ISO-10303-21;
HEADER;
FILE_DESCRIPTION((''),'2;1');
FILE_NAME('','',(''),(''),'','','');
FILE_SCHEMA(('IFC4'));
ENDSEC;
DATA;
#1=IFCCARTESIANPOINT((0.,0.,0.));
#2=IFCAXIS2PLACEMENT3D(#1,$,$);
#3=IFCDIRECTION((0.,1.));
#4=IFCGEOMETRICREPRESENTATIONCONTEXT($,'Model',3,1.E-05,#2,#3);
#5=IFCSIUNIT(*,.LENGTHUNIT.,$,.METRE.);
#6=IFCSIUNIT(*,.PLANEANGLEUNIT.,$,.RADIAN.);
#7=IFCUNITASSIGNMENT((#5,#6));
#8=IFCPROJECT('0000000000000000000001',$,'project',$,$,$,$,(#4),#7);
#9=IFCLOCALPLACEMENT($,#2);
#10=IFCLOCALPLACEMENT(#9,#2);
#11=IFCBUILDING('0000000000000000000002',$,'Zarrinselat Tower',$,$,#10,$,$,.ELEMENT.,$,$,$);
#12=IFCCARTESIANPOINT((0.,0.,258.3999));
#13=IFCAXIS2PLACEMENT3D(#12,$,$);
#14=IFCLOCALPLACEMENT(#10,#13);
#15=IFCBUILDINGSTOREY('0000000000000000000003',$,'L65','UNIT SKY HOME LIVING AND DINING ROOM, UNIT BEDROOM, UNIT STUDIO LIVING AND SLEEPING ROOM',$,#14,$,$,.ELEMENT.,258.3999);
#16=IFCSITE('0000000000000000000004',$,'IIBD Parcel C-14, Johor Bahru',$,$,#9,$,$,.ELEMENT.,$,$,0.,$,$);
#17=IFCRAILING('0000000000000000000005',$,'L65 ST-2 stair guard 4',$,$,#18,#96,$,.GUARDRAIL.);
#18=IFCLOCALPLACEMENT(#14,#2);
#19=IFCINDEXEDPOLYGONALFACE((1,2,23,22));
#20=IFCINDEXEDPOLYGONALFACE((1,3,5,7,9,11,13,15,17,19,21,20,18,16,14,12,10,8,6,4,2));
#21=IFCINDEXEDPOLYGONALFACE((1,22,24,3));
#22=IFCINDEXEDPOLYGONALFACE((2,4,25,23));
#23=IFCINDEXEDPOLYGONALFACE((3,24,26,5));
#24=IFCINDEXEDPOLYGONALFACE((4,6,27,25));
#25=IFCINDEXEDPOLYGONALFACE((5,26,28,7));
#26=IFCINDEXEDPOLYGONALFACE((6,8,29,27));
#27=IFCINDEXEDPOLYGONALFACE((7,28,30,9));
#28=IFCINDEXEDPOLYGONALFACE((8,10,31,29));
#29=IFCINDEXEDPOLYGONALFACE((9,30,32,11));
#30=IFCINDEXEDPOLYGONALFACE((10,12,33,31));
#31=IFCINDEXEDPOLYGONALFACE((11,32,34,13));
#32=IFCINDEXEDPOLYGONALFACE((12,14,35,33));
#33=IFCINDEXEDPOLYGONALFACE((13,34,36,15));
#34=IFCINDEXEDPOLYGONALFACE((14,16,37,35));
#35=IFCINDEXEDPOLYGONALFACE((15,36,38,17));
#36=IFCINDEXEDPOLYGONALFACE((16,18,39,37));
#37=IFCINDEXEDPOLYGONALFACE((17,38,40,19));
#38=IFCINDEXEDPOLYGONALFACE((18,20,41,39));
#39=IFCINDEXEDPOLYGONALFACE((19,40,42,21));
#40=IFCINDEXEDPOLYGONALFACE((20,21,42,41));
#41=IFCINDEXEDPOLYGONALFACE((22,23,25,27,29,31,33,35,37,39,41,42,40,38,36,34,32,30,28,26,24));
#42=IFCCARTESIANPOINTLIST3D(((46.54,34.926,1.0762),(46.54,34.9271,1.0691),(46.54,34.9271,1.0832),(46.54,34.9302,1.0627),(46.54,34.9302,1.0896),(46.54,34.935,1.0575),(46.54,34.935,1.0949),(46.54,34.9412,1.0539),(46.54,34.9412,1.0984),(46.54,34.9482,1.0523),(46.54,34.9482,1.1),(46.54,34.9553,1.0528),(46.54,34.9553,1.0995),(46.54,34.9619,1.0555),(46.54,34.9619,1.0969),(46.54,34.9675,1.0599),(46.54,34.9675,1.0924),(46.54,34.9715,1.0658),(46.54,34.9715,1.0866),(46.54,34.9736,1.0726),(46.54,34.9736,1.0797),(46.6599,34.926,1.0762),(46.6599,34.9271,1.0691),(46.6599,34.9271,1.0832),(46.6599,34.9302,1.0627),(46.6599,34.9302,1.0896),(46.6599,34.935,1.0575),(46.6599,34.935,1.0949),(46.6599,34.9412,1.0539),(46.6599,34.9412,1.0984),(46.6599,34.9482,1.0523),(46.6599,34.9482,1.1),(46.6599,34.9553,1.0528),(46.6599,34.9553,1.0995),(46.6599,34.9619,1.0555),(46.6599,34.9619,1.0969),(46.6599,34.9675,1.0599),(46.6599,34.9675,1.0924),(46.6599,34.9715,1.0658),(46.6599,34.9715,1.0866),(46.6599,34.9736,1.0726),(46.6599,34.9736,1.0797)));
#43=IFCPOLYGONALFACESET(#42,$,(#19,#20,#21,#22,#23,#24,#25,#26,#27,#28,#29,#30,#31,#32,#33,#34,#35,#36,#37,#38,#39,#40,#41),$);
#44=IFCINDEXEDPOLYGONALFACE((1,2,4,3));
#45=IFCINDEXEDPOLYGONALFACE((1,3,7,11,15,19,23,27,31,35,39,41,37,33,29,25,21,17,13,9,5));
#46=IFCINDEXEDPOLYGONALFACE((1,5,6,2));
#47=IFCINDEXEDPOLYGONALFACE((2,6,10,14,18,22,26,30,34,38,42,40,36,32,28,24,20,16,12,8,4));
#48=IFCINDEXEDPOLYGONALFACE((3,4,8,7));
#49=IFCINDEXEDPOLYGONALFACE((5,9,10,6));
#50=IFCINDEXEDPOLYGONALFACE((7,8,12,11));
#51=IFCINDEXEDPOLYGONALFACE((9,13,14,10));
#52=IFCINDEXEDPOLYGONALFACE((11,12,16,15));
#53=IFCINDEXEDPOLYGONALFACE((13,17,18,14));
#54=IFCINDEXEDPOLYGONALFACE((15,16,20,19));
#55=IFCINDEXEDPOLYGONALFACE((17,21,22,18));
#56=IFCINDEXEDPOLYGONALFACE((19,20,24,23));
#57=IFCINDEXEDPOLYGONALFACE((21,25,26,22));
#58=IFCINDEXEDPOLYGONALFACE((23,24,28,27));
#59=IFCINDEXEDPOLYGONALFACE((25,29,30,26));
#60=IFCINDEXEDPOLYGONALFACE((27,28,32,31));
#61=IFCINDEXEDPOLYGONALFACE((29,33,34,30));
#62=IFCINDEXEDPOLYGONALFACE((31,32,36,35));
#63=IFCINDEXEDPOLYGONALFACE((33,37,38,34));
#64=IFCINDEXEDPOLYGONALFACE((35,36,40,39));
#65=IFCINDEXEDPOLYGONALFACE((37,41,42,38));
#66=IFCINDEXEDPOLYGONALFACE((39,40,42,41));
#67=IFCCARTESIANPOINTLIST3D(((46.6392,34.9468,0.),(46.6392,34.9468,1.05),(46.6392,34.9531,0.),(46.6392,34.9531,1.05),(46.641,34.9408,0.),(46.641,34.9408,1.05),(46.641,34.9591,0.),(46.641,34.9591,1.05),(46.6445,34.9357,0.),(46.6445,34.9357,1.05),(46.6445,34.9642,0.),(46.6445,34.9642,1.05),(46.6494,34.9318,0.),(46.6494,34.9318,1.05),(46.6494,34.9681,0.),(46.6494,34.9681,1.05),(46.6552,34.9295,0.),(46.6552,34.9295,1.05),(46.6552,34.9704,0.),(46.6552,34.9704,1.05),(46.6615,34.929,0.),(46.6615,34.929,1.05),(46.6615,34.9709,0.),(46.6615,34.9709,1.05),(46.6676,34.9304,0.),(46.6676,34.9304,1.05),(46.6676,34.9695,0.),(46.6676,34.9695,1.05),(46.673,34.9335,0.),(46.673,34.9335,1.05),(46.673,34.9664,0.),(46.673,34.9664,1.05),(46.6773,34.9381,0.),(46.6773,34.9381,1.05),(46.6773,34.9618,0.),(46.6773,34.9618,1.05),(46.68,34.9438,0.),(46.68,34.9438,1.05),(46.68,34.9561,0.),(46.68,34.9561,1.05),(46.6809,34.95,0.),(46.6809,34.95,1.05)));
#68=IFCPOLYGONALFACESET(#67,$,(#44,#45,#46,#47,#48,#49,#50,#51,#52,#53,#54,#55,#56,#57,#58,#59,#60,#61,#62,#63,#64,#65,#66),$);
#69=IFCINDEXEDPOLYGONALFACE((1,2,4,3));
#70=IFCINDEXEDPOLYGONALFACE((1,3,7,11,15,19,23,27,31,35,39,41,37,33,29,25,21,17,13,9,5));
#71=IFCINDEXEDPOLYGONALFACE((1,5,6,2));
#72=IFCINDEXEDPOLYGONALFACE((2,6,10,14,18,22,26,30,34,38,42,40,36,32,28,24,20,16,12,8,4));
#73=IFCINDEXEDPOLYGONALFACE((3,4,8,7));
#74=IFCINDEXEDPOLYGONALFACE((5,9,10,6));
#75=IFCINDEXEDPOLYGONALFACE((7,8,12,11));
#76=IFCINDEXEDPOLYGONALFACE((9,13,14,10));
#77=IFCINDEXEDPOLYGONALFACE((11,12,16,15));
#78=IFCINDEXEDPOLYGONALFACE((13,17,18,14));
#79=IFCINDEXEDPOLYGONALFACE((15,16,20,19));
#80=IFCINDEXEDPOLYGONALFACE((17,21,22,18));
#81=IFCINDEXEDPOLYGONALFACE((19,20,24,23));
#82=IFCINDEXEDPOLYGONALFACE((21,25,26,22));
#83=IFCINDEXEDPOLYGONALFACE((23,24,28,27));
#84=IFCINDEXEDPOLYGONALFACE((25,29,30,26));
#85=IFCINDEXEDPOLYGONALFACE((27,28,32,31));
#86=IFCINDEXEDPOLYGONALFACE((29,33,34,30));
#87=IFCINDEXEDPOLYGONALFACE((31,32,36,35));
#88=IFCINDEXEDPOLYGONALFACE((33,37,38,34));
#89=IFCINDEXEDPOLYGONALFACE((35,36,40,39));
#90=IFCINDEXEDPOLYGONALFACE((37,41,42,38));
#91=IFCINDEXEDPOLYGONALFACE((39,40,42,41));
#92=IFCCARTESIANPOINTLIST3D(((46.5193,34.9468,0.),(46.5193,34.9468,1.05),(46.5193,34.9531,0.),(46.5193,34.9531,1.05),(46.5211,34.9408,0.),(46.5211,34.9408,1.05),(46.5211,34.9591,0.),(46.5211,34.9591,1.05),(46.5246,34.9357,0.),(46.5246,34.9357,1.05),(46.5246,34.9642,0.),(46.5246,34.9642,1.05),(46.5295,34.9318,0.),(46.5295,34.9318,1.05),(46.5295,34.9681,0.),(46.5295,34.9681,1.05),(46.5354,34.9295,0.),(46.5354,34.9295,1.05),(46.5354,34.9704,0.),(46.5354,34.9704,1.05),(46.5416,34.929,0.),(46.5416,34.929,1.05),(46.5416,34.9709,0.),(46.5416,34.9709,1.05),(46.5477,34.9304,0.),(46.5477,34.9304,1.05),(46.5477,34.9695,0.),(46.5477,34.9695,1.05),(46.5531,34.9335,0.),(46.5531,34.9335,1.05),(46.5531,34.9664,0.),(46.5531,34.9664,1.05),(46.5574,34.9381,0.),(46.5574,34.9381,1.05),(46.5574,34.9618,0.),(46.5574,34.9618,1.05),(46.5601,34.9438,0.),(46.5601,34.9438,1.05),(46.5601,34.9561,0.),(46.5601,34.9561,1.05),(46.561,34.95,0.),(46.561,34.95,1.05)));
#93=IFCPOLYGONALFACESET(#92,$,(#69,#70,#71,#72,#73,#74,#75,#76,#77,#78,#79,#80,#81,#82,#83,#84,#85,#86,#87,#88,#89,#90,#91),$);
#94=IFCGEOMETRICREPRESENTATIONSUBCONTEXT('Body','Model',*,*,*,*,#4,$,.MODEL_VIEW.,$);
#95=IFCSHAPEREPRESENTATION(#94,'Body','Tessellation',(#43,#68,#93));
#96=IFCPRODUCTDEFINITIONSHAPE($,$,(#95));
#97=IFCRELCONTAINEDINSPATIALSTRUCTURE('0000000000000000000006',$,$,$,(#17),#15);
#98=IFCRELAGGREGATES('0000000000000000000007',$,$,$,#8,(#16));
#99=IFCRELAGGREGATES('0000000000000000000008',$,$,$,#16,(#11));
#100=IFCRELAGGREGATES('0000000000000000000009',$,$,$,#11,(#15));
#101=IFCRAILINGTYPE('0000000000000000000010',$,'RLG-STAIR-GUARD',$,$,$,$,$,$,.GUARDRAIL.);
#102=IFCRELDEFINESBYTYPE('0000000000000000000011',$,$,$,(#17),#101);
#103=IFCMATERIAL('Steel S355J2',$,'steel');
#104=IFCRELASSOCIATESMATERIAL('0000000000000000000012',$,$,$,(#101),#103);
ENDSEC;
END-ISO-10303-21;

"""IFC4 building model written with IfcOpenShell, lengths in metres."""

from ifc_helpers import new_model, si_unit, direction, frame, origin, origin_2d, place, context, subcontext, project, spatial, circle, extrude, material, type_object, element, save


model = new_model("IFC4")

# Units and contexts
model_context = context("Model", 3, precision=1e-05, world=origin(), true_north=direction((0.0, 1.0)))
body_context = subcontext(model_context, "Body", "Model", "MODEL_VIEW")
ifc_project = project(units=[si_unit("LENGTHUNIT", "METRE"), si_unit("PLANEANGLEUNIT", "RADIAN")], contexts=[model_context])

# Site, building, storey
site_placement = place(None, origin())
site = spatial("IfcSite", under=ifc_project, at=site_placement, Name="IIBD Parcel C-14, Johor Bahru", CompositionType="ELEMENT", RefElevation=0.0)
building_placement = place(site_placement, origin())
building = spatial("IfcBuilding", under=site, at=building_placement, Name="Zarrinselat Tower", CompositionType="ELEMENT")
storey_placement = place(building_placement, frame((0.0, 0.0, 258.3999)))
storey = spatial("IfcBuildingStorey", under=building, at=storey_placement, Name="L65", Description="UNIT SKY HOME LIVING AND DINING ROOM, UNIT BEDROOM, UNIT STUDIO LIVING AND SLEEPING ROOM", CompositionType="ELEMENT", Elevation=258.3999)

# Railing
ifc_material_1 = material(Name="Steel S355J2", Category="steel")
railing_type_1 = type_object("IfcRailingType", Name="RLG-STAIR-GUARD", PredefinedType="GUARDRAIL", material=ifc_material_1)
railing_1_placement = place(storey_placement, frame((46.6599, 34.95, 0.0)))
element("IfcRailing", 1, at=railing_1_placement, inside=storey, type_object=railing_type_1, Name="L65 ST-2 stair guard 4", PredefinedType="GUARDRAIL", context=body_context, shape_type="SweptSolid", body=[
    extrude(circle(Radius=0.0239, at=origin_2d()), frame((0.0, 0.0, 1.0762), z_axis=(-1.0, 0.0, 0.0), x_axis=(0.0, -1.0, 0.0)), (0.0, 0.0, 1.0), 0.1199),
    extrude(circle(Radius=0.021, at=origin_2d()), origin(), (0.0, 0.0, 1.0), 1.05),
    extrude(circle(Radius=0.021, at=origin_2d()), frame((-0.1199, 0.0, 0.0)), (0.0, 0.0, 1.0), 1.05),
])

save(model, "model.ifc")
